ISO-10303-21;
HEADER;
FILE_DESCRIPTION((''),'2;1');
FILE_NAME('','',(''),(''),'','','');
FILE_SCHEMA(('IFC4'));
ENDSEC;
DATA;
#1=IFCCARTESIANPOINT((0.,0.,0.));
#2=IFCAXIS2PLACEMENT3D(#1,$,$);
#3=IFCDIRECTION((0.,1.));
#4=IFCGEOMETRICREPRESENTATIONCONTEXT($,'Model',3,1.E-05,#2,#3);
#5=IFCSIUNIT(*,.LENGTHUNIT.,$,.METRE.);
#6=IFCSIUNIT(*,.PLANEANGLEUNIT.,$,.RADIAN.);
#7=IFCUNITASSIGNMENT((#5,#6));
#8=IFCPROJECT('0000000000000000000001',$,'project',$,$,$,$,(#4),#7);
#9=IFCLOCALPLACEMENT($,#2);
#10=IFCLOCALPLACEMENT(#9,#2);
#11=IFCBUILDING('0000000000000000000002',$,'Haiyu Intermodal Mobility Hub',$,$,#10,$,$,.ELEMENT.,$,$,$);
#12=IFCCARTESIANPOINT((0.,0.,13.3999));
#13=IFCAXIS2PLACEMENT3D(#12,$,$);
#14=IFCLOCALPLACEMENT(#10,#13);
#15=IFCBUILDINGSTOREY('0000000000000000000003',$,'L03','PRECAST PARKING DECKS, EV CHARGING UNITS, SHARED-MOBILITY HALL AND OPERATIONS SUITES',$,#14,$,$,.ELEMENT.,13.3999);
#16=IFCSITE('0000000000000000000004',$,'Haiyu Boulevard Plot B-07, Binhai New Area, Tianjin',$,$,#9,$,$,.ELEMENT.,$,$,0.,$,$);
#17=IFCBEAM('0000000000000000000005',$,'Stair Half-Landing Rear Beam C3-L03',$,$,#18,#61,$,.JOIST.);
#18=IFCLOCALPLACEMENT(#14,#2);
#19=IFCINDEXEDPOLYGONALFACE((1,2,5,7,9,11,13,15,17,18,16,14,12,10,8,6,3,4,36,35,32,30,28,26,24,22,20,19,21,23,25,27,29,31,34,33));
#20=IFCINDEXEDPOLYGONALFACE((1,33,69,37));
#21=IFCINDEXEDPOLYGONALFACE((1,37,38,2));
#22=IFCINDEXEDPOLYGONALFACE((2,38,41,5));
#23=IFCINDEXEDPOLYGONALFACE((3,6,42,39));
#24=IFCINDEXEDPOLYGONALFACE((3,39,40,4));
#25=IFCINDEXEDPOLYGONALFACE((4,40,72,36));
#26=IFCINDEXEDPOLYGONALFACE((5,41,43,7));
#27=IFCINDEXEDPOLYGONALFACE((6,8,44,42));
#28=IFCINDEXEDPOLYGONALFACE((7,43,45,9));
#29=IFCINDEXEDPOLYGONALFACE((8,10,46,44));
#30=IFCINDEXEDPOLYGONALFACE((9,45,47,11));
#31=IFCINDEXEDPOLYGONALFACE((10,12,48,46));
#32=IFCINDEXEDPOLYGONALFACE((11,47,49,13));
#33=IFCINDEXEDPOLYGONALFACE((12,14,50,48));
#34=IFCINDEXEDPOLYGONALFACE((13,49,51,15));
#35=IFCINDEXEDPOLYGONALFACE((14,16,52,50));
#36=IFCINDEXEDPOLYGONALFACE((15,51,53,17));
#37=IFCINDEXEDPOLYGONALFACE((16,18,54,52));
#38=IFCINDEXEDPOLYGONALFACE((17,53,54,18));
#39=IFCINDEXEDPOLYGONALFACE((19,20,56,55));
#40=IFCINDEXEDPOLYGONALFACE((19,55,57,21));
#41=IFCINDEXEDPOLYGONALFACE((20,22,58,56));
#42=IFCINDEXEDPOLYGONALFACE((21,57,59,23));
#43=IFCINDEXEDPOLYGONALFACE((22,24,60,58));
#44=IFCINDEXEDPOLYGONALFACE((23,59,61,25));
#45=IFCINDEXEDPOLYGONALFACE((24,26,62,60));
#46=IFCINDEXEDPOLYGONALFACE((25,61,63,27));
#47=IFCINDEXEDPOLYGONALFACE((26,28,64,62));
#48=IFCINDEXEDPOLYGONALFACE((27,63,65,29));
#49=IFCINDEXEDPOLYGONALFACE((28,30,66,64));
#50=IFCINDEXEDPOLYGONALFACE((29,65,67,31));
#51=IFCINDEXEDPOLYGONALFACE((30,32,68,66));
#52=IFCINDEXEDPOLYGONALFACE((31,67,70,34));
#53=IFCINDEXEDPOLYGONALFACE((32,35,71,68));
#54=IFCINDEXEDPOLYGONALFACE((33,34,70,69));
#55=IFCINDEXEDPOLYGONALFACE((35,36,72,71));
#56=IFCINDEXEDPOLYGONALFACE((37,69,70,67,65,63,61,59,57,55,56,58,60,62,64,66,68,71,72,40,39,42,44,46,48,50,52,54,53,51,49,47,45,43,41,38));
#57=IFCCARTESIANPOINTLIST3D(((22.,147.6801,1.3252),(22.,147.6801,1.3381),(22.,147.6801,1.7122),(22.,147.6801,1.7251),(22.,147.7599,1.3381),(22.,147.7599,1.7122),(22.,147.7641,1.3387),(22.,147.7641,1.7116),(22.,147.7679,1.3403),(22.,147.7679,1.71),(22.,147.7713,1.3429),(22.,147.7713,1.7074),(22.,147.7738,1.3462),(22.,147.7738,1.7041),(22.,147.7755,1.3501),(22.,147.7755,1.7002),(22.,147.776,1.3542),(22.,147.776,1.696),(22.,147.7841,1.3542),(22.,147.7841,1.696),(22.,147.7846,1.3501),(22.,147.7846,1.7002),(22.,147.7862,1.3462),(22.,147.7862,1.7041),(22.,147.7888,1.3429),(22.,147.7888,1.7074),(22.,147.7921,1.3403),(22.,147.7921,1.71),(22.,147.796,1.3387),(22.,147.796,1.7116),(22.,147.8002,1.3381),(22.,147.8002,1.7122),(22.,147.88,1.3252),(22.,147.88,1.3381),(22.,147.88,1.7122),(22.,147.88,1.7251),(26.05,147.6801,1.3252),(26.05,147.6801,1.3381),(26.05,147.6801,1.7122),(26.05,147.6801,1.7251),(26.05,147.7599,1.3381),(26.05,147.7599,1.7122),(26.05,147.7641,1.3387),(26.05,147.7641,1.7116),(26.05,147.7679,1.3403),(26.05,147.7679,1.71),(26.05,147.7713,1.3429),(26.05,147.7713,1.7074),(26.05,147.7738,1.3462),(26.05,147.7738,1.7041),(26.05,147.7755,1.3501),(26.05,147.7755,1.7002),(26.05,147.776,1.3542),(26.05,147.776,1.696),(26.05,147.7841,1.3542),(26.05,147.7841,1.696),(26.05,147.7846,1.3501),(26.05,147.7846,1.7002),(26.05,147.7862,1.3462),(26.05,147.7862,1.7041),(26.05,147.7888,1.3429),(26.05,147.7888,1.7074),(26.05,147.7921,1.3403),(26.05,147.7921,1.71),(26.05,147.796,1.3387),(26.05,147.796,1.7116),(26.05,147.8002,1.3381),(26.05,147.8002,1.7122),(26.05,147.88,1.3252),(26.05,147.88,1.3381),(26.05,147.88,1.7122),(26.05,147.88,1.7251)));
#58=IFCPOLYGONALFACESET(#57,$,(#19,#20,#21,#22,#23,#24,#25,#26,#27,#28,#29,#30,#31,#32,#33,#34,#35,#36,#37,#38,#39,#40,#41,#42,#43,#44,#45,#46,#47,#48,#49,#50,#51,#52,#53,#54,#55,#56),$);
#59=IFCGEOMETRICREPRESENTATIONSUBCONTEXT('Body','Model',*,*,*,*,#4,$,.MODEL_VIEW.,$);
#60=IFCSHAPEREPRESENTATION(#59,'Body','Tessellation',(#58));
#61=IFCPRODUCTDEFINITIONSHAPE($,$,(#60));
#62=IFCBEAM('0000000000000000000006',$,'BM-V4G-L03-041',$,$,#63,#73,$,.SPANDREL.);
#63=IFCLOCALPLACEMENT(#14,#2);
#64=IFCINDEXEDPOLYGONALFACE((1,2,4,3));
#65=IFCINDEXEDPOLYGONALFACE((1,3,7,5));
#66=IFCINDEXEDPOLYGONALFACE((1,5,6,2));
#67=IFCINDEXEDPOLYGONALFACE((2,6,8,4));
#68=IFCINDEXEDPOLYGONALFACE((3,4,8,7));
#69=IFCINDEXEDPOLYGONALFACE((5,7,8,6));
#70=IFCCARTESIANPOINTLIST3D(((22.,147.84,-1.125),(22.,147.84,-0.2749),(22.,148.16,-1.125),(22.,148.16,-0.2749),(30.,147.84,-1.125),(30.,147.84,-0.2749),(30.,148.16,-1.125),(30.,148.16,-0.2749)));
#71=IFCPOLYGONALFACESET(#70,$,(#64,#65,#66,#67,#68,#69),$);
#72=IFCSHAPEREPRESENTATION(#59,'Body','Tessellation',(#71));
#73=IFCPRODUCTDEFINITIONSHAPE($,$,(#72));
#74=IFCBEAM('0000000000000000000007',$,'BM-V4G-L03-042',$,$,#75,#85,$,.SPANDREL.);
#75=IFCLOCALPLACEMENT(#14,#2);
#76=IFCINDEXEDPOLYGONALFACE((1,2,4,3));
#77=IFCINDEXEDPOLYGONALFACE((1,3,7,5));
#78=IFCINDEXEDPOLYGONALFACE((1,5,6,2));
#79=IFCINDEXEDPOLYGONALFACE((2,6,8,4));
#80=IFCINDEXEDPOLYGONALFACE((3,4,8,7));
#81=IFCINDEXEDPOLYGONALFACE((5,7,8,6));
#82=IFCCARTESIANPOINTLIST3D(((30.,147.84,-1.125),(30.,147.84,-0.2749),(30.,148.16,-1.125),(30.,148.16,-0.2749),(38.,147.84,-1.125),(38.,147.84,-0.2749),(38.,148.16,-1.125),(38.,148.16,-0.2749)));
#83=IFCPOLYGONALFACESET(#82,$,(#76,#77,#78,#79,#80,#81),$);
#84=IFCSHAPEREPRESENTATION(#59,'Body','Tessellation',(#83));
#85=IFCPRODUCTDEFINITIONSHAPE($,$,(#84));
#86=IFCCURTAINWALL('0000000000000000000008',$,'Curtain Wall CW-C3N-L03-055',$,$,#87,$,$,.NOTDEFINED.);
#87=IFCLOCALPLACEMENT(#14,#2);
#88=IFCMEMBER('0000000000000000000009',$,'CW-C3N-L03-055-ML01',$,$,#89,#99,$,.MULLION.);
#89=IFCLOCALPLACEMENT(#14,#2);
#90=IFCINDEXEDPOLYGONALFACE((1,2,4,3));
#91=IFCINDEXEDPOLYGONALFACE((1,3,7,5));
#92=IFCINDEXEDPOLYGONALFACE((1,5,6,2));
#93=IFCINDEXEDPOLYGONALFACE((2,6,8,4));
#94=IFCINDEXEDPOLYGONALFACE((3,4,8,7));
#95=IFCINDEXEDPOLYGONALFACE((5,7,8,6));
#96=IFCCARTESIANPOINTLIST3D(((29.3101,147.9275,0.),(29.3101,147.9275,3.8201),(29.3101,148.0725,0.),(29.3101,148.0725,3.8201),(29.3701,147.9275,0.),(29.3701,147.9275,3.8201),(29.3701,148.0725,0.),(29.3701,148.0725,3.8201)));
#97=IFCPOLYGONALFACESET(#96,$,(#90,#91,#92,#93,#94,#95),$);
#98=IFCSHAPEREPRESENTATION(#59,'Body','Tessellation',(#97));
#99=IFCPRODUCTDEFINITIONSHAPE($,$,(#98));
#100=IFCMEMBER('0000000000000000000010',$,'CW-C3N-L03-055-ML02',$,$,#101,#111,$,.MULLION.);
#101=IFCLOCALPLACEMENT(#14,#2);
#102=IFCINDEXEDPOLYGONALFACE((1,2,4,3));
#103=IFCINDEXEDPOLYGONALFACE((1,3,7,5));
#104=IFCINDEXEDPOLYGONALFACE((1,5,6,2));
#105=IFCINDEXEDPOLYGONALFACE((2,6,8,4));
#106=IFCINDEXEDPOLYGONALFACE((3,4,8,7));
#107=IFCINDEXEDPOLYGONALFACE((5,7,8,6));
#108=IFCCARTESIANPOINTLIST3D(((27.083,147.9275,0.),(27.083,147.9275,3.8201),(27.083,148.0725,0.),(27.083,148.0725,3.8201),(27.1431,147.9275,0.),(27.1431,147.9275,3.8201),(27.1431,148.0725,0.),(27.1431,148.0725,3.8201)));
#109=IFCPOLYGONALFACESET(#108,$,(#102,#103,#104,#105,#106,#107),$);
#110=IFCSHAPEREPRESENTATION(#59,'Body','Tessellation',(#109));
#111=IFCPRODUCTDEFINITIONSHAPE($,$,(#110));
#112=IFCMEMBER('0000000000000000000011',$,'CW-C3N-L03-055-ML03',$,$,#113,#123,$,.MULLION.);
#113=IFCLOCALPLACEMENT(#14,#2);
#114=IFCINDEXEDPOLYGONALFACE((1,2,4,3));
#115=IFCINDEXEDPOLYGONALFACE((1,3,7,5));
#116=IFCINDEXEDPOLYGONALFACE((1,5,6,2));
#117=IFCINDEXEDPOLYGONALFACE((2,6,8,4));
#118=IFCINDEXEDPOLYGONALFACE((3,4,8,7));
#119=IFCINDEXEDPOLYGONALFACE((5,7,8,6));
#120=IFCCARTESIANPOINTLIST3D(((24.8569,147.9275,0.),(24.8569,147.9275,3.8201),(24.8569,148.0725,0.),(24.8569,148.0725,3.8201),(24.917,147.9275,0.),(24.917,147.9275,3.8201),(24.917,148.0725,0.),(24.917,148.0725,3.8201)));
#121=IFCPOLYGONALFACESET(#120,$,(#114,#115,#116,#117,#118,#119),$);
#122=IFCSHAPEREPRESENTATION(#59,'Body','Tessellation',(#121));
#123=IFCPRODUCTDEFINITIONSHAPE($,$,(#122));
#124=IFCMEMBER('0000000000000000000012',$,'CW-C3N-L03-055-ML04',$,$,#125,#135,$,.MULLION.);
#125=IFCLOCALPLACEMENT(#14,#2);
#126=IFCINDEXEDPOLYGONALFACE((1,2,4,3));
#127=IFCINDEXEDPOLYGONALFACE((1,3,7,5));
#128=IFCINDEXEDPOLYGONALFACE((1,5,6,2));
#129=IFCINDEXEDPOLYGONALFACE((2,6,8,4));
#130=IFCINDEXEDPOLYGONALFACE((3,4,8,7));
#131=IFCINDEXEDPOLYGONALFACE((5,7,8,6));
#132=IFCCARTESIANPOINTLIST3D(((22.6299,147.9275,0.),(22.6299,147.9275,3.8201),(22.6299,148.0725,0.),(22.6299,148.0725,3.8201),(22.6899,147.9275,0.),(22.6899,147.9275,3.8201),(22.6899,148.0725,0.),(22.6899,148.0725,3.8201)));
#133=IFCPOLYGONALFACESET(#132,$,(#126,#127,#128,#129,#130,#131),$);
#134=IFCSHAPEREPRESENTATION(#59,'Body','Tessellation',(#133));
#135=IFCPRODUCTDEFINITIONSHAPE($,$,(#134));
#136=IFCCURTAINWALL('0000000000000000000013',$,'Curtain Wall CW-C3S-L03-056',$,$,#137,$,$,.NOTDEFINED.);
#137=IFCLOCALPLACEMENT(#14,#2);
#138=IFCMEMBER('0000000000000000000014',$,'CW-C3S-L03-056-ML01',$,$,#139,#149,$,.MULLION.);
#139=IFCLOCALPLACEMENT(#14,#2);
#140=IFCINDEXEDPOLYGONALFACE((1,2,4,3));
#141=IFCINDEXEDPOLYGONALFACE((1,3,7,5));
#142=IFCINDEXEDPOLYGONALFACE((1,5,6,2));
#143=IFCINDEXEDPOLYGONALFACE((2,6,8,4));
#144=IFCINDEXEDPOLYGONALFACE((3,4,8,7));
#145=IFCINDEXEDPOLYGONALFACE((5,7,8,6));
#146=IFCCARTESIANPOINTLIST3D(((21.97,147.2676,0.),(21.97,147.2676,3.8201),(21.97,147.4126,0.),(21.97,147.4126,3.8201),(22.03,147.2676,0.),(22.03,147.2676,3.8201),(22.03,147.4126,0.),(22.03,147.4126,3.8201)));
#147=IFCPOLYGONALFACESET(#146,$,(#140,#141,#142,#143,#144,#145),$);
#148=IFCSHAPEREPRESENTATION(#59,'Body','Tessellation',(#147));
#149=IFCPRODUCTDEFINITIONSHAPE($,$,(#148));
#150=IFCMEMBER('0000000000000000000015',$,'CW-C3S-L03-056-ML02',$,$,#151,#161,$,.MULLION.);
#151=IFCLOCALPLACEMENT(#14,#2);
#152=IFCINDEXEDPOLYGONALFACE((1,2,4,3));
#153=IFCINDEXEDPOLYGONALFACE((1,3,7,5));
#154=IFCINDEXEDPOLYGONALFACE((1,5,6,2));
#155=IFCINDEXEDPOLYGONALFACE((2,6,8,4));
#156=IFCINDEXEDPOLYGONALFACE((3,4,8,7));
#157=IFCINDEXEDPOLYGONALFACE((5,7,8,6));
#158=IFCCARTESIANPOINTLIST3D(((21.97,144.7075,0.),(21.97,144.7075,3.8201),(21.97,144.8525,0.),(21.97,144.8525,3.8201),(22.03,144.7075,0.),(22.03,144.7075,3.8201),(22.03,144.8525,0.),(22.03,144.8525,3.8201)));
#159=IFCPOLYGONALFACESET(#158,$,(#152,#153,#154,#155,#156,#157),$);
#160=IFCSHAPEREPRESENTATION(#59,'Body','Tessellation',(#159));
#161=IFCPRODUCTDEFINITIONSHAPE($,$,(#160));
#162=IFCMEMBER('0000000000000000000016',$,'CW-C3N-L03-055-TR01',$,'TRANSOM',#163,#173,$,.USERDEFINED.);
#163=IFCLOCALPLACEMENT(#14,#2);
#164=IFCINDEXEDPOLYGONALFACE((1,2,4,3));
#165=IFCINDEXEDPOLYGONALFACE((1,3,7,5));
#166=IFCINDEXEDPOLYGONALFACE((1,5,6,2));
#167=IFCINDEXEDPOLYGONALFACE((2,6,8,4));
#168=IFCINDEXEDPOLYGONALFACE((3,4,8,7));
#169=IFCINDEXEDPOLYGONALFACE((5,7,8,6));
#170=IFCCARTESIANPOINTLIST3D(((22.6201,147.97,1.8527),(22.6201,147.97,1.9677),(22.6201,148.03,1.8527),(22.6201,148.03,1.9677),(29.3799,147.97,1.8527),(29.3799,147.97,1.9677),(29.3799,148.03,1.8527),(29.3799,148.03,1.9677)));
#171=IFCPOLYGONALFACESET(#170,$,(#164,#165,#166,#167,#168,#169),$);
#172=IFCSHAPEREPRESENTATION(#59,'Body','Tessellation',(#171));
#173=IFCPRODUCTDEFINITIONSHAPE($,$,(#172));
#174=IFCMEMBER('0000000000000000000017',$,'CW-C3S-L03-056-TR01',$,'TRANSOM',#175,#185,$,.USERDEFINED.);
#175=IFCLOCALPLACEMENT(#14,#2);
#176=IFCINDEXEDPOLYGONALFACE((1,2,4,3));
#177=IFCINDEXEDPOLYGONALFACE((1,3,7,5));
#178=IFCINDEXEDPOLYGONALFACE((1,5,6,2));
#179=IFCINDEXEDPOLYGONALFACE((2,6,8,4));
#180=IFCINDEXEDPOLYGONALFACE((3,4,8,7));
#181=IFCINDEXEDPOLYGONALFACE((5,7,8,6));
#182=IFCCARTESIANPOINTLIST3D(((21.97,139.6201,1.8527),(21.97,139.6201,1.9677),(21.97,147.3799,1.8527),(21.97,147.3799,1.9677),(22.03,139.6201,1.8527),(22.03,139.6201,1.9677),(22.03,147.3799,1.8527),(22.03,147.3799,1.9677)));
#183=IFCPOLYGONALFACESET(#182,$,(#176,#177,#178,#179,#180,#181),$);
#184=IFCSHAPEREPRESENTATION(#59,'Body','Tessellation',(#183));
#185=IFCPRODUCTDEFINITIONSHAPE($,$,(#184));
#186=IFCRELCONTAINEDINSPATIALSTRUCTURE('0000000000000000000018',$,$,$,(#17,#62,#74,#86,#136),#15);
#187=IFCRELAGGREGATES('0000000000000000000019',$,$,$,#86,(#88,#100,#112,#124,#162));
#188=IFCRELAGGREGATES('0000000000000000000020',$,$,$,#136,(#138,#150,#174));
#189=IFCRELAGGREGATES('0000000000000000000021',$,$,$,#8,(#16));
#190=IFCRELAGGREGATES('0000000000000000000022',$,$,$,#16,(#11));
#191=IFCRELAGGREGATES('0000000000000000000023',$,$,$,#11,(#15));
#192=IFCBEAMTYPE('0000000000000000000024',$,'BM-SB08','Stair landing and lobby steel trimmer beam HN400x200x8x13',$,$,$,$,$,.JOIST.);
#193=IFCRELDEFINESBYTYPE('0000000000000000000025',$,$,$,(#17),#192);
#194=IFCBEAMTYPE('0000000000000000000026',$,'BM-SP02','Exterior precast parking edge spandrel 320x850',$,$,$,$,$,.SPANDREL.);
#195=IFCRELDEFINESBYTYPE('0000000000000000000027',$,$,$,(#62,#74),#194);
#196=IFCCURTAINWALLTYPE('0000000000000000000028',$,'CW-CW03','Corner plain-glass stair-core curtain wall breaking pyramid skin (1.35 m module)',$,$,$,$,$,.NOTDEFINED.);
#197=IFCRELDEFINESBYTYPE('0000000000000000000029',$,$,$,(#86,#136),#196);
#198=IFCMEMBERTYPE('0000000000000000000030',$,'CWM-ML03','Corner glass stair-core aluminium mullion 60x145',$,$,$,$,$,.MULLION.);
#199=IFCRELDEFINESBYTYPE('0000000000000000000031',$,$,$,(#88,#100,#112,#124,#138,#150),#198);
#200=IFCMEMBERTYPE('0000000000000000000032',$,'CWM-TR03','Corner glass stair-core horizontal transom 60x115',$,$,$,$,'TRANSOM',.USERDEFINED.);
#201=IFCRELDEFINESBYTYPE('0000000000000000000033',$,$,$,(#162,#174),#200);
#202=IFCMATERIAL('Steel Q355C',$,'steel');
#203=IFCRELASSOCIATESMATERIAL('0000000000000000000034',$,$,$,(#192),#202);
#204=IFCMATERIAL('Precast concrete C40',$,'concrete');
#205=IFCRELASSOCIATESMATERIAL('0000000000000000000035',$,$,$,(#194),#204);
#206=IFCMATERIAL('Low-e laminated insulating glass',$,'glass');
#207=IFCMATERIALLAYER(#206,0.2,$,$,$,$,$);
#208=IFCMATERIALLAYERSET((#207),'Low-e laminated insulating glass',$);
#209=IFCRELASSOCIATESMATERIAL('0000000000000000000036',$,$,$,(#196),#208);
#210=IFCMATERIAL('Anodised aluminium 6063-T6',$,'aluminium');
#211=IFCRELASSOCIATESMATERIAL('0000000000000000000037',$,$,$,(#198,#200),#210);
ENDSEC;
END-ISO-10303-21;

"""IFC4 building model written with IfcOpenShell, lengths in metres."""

from ifc_helpers import new_model, si_unit, direction, frame, origin, origin_2d, place, context, subcontext, project, spatial, rectangle, i_section, extrude, material, layer, layer_set, material_profile, profile_set, type_object, element, aggregate, save


model = new_model("IFC4")

# Units and contexts
model_context = context("Model", 3, precision=1e-05, world=origin(), true_north=direction((0.0, 1.0)))
body_context = subcontext(model_context, "Body", "Model", "MODEL_VIEW")
ifc_project = project(units=[si_unit("LENGTHUNIT", "METRE"), si_unit("PLANEANGLEUNIT", "RADIAN")], contexts=[model_context])

# Site, building, storey
site_placement = place(None, origin())
site = spatial("IfcSite", under=ifc_project, at=site_placement, Name="Haiyu Boulevard Plot B-07, Binhai New Area, Tianjin", CompositionType="ELEMENT", RefElevation=0.0)
building_placement = place(site_placement, origin())
building = spatial("IfcBuilding", under=site, at=building_placement, Name="Haiyu Intermodal Mobility Hub", CompositionType="ELEMENT")
storey_placement = place(building_placement, frame((0.0, 0.0, 13.3999)))
storey = spatial("IfcBuildingStorey", under=building, at=storey_placement, Name="L03", Description="PRECAST PARKING DECKS, EV CHARGING UNITS, SHARED-MOBILITY HALL AND OPERATIONS SUITES", CompositionType="ELEMENT", Elevation=13.3999)

# Shared definitions
ifc_material_1 = material(Name="Steel Q355C", Category="steel")

# Beams
ifc_material_profile_1 = material_profile(ifc_material_1, i_section(OverallWidth=0.2, OverallDepth=0.3999, WebThickness=0.0081, FlangeThickness=0.0129, FilletRadius=0.0161, at=origin_2d()), Name="HN400x200x8x13")
ifc_profile_set_1 = profile_set([ifc_material_profile_1], Name="Steel Q355C")
beam_type_1 = type_object("IfcBeamType", Name="BM-SB08", Description="Stair landing and lobby steel trimmer beam HN400x200x8x13", PredefinedType="JOIST", material=ifc_profile_set_1)
beam_placement = place(storey_placement, frame((22.0, 147.78, 1.5251), z_axis=(1.0, 0.0, 0.0), x_axis=(0.0, 1.0, 0.0)))
element("IfcBeam", 1, at=beam_placement, inside=storey, type_object=beam_type_1, Name="Stair Half-Landing Rear Beam C3-L03", PredefinedType="JOIST", context=body_context, shape_type="SweptSolid", body=[
    extrude(i_section(OverallWidth=0.2, OverallDepth=0.3999, WebThickness=0.0081, FlangeThickness=0.0129, FilletRadius=0.0161, at=origin_2d()), origin(), (0.0, 0.0, 1.0), 4.05),
])
ifc_material_2 = material(Name="Precast concrete C40", Category="concrete")
ifc_material_profile_2 = material_profile(ifc_material_2, rectangle(XDim=0.3201, YDim=0.8501, at=origin_2d()), Name="PC320x850")
ifc_profile_set_2 = profile_set([ifc_material_profile_2], Name="Precast concrete C40")
beam_type_2 = type_object("IfcBeamType", Name="BM-SP02", Description="Exterior precast parking edge spandrel 320x850", PredefinedType="SPANDREL", material=ifc_profile_set_2)
for number, where, z_axis, x_axis, name in (
    (2, (22.0, 148.0, -0.7), (1.0, 0.0, 0.0), (0.0, 1.0, 0.0), "BM-V4G-L03-041"),
    (3, (30.0, 148.0, -0.7), (1.0, 0.0, 0.0), (0.0, 1.0, 0.0), "BM-V4G-L03-042"),
):
    element("IfcBeam", number, at=place(storey_placement, frame(where, z_axis=z_axis, x_axis=x_axis)), inside=storey, type_object=beam_type_2, Name=name, PredefinedType="SPANDREL", context=body_context, shape_type="SweptSolid", body=[
        extrude(rectangle(XDim=0.3201, YDim=0.8501, at=origin_2d()), origin(), (0.0, 0.0, 1.0), 8.0),
    ])

# Curtain walls, members
ifc_material_3 = material(Name="Low-e laminated insulating glass", Category="glass")
ifc_layer_1 = layer(ifc_material_3, 0.2)
ifc_layer_set_1 = layer_set([ifc_layer_1], Name="Low-e laminated insulating glass")
curtain_wall_type = type_object("IfcCurtainWallType", Name="CW-CW03", Description="Corner plain-glass stair-core curtain wall breaking pyramid skin (1.35 m module)", PredefinedType="NOTDEFINED", material=ifc_layer_set_1)
curtain_wall_1_placement = place(storey_placement, origin())
curtain_wall_1 = element("IfcCurtainWall", 4, at=curtain_wall_1_placement, inside=storey, type_object=curtain_wall_type, Name="Curtain Wall CW-C3N-L03-055", PredefinedType="NOTDEFINED")
ifc_material_4 = material(Name="Anodised aluminium 6063-T6", Category="aluminium")
ifc_material_profile_3 = material_profile(ifc_material_4, rectangle(XDim=0.0601, YDim=0.145, at=origin_2d()), Name="ALU60x145")
ifc_profile_set_3 = profile_set([ifc_material_profile_3], Name="Anodised aluminium 6063-T6")
member_type_1 = type_object("IfcMemberType", Name="CWM-ML03", Description="Corner glass stair-core aluminium mullion 60x145", PredefinedType="MULLION", material=ifc_profile_set_3)
member_1_placement = place(storey_placement, frame((29.3401, 148.0, 0.0), z_axis=(0.0, 0.0, 1.0), x_axis=(1.0, 0.0, 0.0)))
member_1 = element("IfcMember", 5, at=member_1_placement, type_object=member_type_1, Name="CW-C3N-L03-055-ML01", PredefinedType="MULLION", context=body_context, shape_type="SweptSolid", body=[
    extrude(rectangle(XDim=0.0601, YDim=0.145, at=origin_2d()), origin(), (0.0, 0.0, 1.0), 3.8201),
])
member_2_placement = place(storey_placement, frame((27.113, 148.0, 0.0), z_axis=(0.0, 0.0, 1.0), x_axis=(1.0, 0.0, 0.0)))
member_2 = element("IfcMember", 6, at=member_2_placement, type_object=member_type_1, Name="CW-C3N-L03-055-ML02", PredefinedType="MULLION", context=body_context, shape_type="SweptSolid", body=[
    extrude(rectangle(XDim=0.0601, YDim=0.145, at=origin_2d()), origin(), (0.0, 0.0, 1.0), 3.8201),
])
member_3_placement = place(storey_placement, frame((24.887, 148.0, 0.0), z_axis=(0.0, 0.0, 1.0), x_axis=(1.0, 0.0, 0.0)))
member_3 = element("IfcMember", 7, at=member_3_placement, type_object=member_type_1, Name="CW-C3N-L03-055-ML03", PredefinedType="MULLION", context=body_context, shape_type="SweptSolid", body=[
    extrude(rectangle(XDim=0.0601, YDim=0.145, at=origin_2d()), origin(), (0.0, 0.0, 1.0), 3.8201),
])
member_4_placement = place(storey_placement, frame((22.6599, 148.0, 0.0), z_axis=(0.0, 0.0, 1.0), x_axis=(1.0, 0.0, 0.0)))
member_4 = element("IfcMember", 8, at=member_4_placement, type_object=member_type_1, Name="CW-C3N-L03-055-ML04", PredefinedType="MULLION", context=body_context, shape_type="SweptSolid", body=[
    extrude(rectangle(XDim=0.0601, YDim=0.145, at=origin_2d()), origin(), (0.0, 0.0, 1.0), 3.8201),
])
curtain_wall_2_placement = place(storey_placement, origin())
curtain_wall_2 = element("IfcCurtainWall", 9, at=curtain_wall_2_placement, inside=storey, type_object=curtain_wall_type, Name="Curtain Wall CW-C3S-L03-056", PredefinedType="NOTDEFINED")
member_5_placement = place(storey_placement, frame((22.0, 147.3401, 0.0), z_axis=(0.0, 0.0, 1.0), x_axis=(1.0, 0.0, 0.0)))
member_5 = element("IfcMember", 10, at=member_5_placement, type_object=member_type_1, Name="CW-C3S-L03-056-ML01", PredefinedType="MULLION", context=body_context, shape_type="SweptSolid", body=[
    extrude(rectangle(XDim=0.0601, YDim=0.145, at=origin_2d()), origin(), (0.0, 0.0, 1.0), 3.8201),
])
member_6_placement = place(storey_placement, frame((22.0, 144.78, 0.0), z_axis=(0.0, 0.0, 1.0), x_axis=(1.0, 0.0, 0.0)))
member_6 = element("IfcMember", 11, at=member_6_placement, type_object=member_type_1, Name="CW-C3S-L03-056-ML02", PredefinedType="MULLION", context=body_context, shape_type="SweptSolid", body=[
    extrude(rectangle(XDim=0.0601, YDim=0.145, at=origin_2d()), origin(), (0.0, 0.0, 1.0), 3.8201),
])

# Members
ifc_material_profile_4 = material_profile(ifc_material_4, rectangle(XDim=0.0601, YDim=0.115, at=origin_2d()), Name="ALU60x115")
ifc_profile_set_4 = profile_set([ifc_material_profile_4], Name="Anodised aluminium 6063-T6")
member_type_2 = type_object("IfcMemberType", Name="CWM-TR03", Description="Corner glass stair-core horizontal transom 60x115", ElementType="TRANSOM", PredefinedType="USERDEFINED", material=ifc_profile_set_4)
member_7_placement = place(storey_placement, frame((29.3799, 148.0, 1.9102), z_axis=(-1.0, 0.0, 0.0), x_axis=(0.0, -1.0, 0.0)))
member_7 = element("IfcMember", 12, at=member_7_placement, type_object=member_type_2, Name="CW-C3N-L03-055-TR01", ObjectType="TRANSOM", PredefinedType="USERDEFINED", context=body_context, shape_type="SweptSolid", body=[
    extrude(rectangle(XDim=0.0601, YDim=0.115, at=origin_2d()), origin(), (0.0, 0.0, 1.0), 6.7598),
])
member_8_placement = place(storey_placement, frame((22.0, 147.3799, 1.9102), z_axis=(0.0, -1.0, 0.0), x_axis=(1.0, 0.0, 0.0)))
member_8 = element("IfcMember", 13, at=member_8_placement, type_object=member_type_2, Name="CW-C3S-L03-056-TR01", ObjectType="TRANSOM", PredefinedType="USERDEFINED", context=body_context, shape_type="SweptSolid", body=[
    extrude(rectangle(XDim=0.0601, YDim=0.115, at=origin_2d()), origin(), (0.0, 0.0, 1.0), 7.7598),
])

aggregate(curtain_wall_1, [member_1, member_2, member_3, member_4, member_7])
aggregate(curtain_wall_2, [member_5, member_6, member_8])

save(model, "model.ifc")
